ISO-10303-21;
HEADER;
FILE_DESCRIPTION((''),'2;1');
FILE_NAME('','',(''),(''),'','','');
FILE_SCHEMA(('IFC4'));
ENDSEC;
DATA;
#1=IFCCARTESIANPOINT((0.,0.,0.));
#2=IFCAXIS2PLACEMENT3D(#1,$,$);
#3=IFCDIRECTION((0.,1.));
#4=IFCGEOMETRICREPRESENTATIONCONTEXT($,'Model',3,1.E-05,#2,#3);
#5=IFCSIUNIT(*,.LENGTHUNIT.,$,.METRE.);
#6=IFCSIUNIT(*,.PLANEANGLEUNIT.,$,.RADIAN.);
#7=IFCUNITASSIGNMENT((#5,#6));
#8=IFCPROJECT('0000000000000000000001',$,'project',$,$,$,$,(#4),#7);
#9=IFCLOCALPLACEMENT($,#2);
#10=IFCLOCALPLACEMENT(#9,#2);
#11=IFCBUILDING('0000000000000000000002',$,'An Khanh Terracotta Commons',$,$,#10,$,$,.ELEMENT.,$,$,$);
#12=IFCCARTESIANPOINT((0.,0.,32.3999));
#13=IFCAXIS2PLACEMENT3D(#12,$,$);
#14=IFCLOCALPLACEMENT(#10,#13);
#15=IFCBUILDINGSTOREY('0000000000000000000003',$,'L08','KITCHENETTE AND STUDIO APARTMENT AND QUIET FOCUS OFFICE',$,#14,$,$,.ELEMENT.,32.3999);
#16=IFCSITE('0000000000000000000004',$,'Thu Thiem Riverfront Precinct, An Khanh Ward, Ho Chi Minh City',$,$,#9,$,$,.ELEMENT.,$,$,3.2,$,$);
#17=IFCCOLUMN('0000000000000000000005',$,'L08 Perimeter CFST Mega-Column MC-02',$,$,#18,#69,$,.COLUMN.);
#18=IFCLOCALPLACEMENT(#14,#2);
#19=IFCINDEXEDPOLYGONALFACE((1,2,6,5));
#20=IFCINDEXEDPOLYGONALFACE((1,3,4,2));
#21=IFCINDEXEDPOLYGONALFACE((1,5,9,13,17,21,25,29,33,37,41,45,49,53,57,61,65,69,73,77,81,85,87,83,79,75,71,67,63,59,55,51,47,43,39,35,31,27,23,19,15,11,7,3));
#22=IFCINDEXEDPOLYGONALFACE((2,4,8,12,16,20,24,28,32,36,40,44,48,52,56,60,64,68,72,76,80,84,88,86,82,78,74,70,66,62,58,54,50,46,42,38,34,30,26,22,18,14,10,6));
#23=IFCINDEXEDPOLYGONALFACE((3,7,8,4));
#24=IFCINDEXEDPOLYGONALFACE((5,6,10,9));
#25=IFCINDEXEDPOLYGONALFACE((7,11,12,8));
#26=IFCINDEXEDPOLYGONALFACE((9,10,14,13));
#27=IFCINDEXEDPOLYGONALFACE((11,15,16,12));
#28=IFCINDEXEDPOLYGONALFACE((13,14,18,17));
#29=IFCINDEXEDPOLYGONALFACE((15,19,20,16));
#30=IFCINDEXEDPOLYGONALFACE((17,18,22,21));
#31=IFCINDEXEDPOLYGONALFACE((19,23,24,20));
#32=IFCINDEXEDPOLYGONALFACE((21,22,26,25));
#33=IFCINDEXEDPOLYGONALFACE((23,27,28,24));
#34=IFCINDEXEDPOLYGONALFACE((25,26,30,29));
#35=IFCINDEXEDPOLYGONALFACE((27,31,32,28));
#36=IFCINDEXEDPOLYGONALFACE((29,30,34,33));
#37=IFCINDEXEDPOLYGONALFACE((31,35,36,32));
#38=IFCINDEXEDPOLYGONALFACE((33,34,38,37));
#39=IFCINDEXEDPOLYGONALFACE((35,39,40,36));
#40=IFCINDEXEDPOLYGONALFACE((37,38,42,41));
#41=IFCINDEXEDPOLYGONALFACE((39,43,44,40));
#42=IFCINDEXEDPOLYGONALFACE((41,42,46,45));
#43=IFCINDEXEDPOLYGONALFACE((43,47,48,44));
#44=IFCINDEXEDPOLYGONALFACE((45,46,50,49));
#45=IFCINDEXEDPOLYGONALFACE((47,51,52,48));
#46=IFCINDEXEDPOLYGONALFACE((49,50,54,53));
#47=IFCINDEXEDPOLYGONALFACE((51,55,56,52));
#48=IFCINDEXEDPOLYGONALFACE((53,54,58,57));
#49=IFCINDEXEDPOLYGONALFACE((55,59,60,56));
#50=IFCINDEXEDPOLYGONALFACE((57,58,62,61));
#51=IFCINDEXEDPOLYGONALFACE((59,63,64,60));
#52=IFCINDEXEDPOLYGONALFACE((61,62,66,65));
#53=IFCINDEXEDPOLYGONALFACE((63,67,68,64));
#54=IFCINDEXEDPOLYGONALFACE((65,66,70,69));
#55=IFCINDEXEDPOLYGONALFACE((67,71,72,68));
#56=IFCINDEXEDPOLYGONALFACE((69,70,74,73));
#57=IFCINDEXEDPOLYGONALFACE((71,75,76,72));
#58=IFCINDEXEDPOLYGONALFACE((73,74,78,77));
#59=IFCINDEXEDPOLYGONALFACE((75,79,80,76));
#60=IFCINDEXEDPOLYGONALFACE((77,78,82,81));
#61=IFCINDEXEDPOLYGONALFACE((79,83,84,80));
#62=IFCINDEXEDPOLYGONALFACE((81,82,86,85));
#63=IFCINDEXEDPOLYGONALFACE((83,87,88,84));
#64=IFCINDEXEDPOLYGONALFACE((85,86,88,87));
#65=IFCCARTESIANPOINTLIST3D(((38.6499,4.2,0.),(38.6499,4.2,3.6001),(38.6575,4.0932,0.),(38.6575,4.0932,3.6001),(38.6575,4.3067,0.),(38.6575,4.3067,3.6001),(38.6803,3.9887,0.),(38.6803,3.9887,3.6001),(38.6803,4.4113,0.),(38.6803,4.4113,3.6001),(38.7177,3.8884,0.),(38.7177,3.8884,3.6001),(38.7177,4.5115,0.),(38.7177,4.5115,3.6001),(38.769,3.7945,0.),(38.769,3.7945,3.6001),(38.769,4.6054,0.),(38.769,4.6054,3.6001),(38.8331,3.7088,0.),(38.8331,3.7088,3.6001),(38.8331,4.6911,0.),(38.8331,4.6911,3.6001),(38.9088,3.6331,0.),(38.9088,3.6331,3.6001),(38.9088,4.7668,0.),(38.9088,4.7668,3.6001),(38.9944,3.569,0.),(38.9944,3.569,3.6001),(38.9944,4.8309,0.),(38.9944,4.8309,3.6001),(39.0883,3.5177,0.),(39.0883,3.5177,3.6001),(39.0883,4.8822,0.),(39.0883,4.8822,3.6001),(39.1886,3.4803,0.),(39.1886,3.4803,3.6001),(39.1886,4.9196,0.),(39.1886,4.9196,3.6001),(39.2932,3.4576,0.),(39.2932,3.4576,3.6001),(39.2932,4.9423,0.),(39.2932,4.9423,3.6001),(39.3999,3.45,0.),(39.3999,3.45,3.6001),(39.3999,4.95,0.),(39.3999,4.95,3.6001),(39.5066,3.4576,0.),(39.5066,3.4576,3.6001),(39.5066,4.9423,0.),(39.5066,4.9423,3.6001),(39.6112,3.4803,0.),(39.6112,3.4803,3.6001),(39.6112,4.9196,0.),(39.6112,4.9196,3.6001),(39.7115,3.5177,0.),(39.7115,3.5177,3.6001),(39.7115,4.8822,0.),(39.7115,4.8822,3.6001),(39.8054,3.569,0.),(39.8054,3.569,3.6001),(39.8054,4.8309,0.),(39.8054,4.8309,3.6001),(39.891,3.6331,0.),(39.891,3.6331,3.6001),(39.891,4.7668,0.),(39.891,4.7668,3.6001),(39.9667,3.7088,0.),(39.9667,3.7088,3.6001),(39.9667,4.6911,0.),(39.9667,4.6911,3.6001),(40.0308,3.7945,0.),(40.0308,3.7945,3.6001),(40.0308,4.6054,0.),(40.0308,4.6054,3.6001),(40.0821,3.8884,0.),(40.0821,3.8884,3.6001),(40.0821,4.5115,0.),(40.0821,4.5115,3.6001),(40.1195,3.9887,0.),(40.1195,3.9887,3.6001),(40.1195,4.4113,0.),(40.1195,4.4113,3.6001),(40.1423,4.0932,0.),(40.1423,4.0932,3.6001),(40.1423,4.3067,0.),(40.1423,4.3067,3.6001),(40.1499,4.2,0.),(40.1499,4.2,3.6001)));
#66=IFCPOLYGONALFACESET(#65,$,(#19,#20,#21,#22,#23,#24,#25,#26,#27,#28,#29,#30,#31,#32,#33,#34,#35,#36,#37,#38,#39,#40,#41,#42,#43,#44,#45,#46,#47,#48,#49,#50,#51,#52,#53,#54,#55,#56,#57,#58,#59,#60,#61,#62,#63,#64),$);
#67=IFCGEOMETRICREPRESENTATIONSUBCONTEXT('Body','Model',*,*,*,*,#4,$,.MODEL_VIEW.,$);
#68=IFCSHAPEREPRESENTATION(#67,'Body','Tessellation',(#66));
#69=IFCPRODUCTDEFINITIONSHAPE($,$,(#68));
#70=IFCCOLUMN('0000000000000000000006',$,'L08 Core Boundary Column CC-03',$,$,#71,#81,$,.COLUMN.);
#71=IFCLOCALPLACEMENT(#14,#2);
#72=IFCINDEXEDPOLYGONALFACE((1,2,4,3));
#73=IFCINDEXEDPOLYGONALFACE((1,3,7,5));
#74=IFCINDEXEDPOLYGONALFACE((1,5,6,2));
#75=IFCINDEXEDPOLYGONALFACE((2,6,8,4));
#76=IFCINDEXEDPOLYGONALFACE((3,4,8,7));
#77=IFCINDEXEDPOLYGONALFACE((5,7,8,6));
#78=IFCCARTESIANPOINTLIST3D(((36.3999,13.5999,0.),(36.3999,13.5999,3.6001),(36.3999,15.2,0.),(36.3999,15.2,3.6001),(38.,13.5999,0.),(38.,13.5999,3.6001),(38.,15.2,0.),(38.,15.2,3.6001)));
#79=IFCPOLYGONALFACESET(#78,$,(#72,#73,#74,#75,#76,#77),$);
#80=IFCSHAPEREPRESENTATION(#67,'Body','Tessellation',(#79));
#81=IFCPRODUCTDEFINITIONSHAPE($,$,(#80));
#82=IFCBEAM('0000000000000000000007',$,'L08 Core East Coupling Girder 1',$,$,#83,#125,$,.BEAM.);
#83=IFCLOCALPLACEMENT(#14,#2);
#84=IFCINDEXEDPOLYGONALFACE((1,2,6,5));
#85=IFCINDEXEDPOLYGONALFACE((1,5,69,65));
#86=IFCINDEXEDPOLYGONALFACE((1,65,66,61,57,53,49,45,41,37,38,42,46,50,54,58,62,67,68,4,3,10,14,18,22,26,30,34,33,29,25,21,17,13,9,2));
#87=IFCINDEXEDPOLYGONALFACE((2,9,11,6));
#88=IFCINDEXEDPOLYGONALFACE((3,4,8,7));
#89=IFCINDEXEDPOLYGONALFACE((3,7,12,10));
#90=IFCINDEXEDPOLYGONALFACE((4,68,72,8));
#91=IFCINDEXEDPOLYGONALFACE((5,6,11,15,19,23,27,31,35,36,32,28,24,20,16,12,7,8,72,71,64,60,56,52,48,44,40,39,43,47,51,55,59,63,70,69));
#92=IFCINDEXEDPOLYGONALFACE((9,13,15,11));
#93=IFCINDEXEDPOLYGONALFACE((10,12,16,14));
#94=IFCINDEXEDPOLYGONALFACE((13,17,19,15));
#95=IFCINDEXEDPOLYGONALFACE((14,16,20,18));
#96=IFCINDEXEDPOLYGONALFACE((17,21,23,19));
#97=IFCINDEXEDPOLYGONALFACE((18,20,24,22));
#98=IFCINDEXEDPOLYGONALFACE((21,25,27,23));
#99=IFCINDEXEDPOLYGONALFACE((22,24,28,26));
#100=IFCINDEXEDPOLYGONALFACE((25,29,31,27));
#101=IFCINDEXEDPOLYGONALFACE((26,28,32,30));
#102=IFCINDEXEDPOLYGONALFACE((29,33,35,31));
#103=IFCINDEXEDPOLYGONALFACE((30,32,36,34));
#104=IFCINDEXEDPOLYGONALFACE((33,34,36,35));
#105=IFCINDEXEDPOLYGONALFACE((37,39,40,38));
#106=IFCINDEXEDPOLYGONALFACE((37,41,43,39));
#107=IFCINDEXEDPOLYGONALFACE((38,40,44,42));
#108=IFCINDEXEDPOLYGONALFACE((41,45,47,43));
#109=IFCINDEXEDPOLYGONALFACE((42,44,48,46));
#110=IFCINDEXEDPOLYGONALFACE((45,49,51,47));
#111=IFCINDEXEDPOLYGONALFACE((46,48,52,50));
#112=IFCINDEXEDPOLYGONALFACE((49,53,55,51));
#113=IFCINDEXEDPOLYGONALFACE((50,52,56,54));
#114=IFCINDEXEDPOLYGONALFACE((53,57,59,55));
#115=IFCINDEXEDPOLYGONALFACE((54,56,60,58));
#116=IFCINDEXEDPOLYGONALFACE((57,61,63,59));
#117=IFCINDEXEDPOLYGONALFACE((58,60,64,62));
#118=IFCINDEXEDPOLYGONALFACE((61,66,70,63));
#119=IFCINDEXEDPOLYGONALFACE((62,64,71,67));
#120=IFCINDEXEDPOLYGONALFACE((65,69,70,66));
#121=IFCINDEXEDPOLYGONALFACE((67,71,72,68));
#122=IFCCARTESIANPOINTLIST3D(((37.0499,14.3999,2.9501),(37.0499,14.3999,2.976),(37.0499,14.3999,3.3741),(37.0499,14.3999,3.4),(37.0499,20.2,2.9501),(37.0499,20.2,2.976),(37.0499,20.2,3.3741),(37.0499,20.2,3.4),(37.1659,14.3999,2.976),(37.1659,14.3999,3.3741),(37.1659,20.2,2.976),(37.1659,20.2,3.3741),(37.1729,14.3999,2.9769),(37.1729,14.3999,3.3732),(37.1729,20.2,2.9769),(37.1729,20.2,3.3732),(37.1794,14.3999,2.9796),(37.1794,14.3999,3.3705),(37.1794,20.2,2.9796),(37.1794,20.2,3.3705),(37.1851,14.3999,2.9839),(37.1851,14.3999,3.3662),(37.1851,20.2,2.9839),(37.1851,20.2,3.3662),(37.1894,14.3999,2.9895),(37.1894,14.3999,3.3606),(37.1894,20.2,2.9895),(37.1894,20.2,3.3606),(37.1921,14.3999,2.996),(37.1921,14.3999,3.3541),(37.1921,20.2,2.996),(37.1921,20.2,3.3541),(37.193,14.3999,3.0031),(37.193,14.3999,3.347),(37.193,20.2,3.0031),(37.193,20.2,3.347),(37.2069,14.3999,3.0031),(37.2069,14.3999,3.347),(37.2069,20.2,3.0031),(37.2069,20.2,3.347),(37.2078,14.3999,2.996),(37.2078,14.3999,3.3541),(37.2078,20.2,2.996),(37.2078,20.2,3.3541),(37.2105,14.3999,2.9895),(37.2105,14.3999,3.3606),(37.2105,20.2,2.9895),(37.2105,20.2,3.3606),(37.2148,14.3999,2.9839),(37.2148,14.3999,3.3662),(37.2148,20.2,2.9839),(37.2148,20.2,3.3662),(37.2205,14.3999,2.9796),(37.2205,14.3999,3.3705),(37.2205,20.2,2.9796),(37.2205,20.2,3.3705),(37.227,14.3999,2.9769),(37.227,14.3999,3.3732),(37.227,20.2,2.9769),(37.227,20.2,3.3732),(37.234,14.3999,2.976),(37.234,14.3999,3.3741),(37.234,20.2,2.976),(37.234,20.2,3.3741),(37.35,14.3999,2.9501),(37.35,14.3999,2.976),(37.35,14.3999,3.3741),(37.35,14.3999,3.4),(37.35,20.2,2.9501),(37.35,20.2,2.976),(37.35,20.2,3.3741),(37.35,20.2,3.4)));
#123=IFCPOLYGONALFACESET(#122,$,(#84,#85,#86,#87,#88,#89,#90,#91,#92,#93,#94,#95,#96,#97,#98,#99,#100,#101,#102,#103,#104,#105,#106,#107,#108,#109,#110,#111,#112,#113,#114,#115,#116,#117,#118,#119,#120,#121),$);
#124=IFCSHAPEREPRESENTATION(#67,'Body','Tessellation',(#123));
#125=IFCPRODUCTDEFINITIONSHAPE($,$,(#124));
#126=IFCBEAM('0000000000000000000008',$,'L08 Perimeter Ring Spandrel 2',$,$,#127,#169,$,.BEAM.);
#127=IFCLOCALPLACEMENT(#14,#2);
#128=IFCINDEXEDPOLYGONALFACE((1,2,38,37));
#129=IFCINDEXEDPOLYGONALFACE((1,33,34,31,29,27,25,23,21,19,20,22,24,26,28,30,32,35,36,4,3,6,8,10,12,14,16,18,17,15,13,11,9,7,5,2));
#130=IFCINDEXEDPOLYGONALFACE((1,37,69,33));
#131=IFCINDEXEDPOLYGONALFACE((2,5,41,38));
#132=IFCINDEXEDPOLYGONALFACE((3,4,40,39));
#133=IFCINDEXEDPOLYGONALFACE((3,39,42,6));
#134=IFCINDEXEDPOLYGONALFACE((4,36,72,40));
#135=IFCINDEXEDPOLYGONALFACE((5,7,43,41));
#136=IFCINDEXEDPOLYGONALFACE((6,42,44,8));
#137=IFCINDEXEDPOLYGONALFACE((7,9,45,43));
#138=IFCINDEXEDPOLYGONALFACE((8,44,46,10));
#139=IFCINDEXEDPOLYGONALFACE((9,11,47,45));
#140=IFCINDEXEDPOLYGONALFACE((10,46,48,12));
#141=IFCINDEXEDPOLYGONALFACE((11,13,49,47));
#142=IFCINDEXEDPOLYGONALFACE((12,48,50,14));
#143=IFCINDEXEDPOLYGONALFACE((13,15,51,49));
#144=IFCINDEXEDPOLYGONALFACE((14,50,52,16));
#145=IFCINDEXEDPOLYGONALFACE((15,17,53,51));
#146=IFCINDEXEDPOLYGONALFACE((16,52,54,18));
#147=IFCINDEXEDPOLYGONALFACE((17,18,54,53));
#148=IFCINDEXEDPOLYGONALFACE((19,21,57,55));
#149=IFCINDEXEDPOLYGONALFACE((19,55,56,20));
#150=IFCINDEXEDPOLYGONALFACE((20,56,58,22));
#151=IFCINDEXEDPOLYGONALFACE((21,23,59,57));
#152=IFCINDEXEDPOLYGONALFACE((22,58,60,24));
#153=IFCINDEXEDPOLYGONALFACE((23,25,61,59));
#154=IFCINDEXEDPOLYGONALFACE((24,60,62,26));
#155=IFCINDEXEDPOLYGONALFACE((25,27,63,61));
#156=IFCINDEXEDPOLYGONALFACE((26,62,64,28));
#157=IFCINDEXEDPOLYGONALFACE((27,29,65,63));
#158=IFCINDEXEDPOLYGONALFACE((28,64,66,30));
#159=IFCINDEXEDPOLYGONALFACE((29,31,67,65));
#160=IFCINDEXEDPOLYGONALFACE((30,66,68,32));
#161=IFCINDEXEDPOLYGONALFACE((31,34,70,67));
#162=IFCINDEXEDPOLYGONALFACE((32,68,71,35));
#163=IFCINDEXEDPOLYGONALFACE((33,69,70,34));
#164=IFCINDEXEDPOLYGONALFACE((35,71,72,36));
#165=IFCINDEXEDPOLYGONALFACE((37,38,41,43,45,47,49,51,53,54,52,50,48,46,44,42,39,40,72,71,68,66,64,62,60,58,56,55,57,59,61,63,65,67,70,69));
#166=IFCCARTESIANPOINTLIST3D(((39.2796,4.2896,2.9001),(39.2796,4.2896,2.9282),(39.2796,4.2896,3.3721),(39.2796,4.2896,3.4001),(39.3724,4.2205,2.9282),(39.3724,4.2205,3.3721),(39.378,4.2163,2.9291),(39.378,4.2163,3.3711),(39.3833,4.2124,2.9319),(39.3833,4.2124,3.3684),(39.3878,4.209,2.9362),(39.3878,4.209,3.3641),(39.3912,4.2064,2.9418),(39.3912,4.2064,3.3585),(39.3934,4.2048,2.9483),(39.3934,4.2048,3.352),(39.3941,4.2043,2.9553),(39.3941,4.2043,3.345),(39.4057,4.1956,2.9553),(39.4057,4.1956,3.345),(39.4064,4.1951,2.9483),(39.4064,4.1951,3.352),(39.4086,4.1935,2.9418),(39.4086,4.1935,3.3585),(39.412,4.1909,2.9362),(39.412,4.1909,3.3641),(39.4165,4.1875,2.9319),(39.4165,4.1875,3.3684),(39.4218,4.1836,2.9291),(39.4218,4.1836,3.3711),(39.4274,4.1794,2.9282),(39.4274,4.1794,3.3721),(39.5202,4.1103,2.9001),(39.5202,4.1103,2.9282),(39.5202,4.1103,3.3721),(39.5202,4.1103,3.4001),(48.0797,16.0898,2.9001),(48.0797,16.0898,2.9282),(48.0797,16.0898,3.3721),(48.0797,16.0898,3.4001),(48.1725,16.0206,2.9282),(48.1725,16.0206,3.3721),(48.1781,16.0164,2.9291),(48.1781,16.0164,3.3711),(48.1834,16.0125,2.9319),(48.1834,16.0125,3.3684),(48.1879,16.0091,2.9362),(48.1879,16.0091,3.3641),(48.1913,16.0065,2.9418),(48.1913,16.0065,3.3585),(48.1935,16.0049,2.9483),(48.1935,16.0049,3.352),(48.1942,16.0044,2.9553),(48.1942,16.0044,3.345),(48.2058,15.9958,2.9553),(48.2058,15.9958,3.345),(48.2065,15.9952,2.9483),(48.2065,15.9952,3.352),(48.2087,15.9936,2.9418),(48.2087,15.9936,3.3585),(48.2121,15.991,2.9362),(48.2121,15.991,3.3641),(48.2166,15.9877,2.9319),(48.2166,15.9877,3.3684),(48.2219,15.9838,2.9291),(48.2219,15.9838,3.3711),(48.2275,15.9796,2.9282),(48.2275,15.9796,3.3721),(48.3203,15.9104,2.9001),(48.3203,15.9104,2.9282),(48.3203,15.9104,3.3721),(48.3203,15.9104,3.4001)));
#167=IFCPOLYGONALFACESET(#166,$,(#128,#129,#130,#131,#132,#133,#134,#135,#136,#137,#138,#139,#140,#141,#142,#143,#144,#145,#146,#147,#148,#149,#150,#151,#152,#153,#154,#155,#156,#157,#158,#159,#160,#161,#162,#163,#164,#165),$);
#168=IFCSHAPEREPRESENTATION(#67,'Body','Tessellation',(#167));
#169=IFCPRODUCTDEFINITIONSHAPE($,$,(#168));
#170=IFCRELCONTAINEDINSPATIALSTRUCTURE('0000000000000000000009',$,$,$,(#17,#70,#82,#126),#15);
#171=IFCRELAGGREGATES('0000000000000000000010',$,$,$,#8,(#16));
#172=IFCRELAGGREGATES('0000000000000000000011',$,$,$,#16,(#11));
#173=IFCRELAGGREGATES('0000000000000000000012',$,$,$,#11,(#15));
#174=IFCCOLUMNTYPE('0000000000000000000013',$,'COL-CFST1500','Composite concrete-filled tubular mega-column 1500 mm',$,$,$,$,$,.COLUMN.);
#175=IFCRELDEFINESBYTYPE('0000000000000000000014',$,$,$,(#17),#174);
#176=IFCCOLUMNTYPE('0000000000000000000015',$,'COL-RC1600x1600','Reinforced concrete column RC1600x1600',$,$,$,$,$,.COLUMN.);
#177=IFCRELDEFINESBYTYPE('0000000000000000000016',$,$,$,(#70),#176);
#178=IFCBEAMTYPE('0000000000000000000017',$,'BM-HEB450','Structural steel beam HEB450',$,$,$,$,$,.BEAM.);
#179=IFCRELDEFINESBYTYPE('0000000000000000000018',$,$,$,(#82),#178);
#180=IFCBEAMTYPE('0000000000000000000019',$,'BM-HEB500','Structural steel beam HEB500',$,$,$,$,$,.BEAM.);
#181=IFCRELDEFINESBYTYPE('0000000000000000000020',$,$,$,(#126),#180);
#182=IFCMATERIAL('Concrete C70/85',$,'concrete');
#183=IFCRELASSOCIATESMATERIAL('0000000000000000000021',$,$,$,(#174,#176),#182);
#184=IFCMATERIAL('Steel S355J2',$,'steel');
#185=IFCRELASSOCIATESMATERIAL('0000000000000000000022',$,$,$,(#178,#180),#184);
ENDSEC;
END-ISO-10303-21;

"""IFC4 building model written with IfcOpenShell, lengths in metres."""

from ifc_helpers import new_model, si_unit, direction, frame, origin, origin_2d, place, context, subcontext, project, spatial, rectangle, circle, i_section, extrude, material, material_profile, profile_set, type_object, element, save


model = new_model("IFC4")

# Units and contexts
model_context = context("Model", 3, precision=1e-05, world=origin(), true_north=direction((0.0, 1.0)))
body_context = subcontext(model_context, "Body", "Model", "MODEL_VIEW")
ifc_project = project(units=[si_unit("LENGTHUNIT", "METRE"), si_unit("PLANEANGLEUNIT", "RADIAN")], contexts=[model_context])

# Site, building, storey
site_placement = place(None, origin())
site = spatial("IfcSite", under=ifc_project, at=site_placement, Name="Thu Thiem Riverfront Precinct, An Khanh Ward, Ho Chi Minh City", CompositionType="ELEMENT", RefElevation=3.2)
building_placement = place(site_placement, origin())
building = spatial("IfcBuilding", under=site, at=building_placement, Name="An Khanh Terracotta Commons", CompositionType="ELEMENT")
storey_placement = place(building_placement, frame((0.0, 0.0, 32.3999)))
storey = spatial("IfcBuildingStorey", under=building, at=storey_placement, Name="L08", Description="KITCHENETTE AND STUDIO APARTMENT AND QUIET FOCUS OFFICE", CompositionType="ELEMENT", Elevation=32.3999)

# Columns
ifc_material_1 = material(Name="Concrete C70/85", Category="concrete")
ifc_material_profile_1 = material_profile(ifc_material_1, circle(Radius=0.75, at=origin_2d()), Name="CFST1500")
ifc_profile_set_1 = profile_set([ifc_material_profile_1], Name="Concrete C70/85")
column_type_1 = type_object("IfcColumnType", Name="COL-CFST1500", Description="Composite concrete-filled tubular mega-column 1500 mm", PredefinedType="COLUMN", material=ifc_profile_set_1)
column_1_placement = place(storey_placement, frame((39.3999, 4.2, 0.0), z_axis=(0.0, 0.0, 1.0), x_axis=(1.0, 0.0, 0.0)))
element("IfcColumn", 1, at=column_1_placement, inside=storey, type_object=column_type_1, Name="L08 Perimeter CFST Mega-Column MC-02", PredefinedType="COLUMN", context=body_context, shape_type="SweptSolid", body=[
    extrude(circle(Radius=0.75, at=origin_2d()), origin(), (0.0, 0.0, 1.0), 3.6001),
])
ifc_material_profile_2 = material_profile(ifc_material_1, rectangle(XDim=1.6001, YDim=1.6001, at=origin_2d()), Name="RC1600x1600")
ifc_profile_set_2 = profile_set([ifc_material_profile_2], Name="Concrete C70/85")
column_type_2 = type_object("IfcColumnType", Name="COL-RC1600x1600", Description="Reinforced concrete column RC1600x1600", PredefinedType="COLUMN", material=ifc_profile_set_2)
column_2_placement = place(storey_placement, frame((37.2, 14.3999, 0.0), z_axis=(0.0, 0.0, 1.0), x_axis=(1.0, 0.0, 0.0)))
element("IfcColumn", 2, at=column_2_placement, inside=storey, type_object=column_type_2, Name="L08 Core Boundary Column CC-03", PredefinedType="COLUMN", context=body_context, shape_type="SweptSolid", body=[
    extrude(rectangle(XDim=1.6001, YDim=1.6001, at=origin_2d()), origin(), (0.0, 0.0, 1.0), 3.6001),
])

# Beams
ifc_material_2 = material(Name="Steel S355J2", Category="steel")
ifc_material_profile_3 = material_profile(ifc_material_2, i_section(OverallWidth=0.3, OverallDepth=0.45, WebThickness=0.0139, FlangeThickness=0.0259, FilletRadius=0.0271, at=origin_2d()), Name="HEB450")
ifc_profile_set_3 = profile_set([ifc_material_profile_3], Name="Steel S355J2")
beam_type_1 = type_object("IfcBeamType", Name="BM-HEB450", Description="Structural steel beam HEB450", PredefinedType="BEAM", material=ifc_profile_set_3)
beam_1_placement = place(storey_placement, frame((37.2, 14.3999, 3.175), z_axis=(0.0, 1.0, 0.0), x_axis=(-1.0, 0.0, 0.0)))
element("IfcBeam", 3, at=beam_1_placement, inside=storey, type_object=beam_type_1, Name="L08 Core East Coupling Girder 1", PredefinedType="BEAM", context=body_context, shape_type="SweptSolid", body=[
    extrude(i_section(OverallWidth=0.3, OverallDepth=0.45, WebThickness=0.0139, FlangeThickness=0.0259, FilletRadius=0.0271, at=origin_2d()), origin(), (0.0, 0.0, 1.0), 5.8),
])
ifc_material_profile_4 = material_profile(ifc_material_2, i_section(OverallWidth=0.3, OverallDepth=0.5, WebThickness=0.0144, FlangeThickness=0.0281, FilletRadius=0.0271, at=origin_2d()), Name="HEB500")
ifc_profile_set_4 = profile_set([ifc_material_profile_4], Name="Steel S355J2")
beam_type_2 = type_object("IfcBeamType", Name="BM-HEB500", Description="Structural steel beam HEB500", PredefinedType="BEAM", material=ifc_profile_set_4)
beam_2_placement = place(storey_placement, frame((39.3999, 4.2, 3.1501), z_axis=(0.597824, 0.801627, 0.0), x_axis=(-0.801627, 0.597824, 0.0)))
element("IfcBeam", 4, at=beam_2_placement, inside=storey, type_object=beam_type_2, Name="L08 Perimeter Ring Spandrel 2", PredefinedType="BEAM", context=body_context, shape_type="SweptSolid", body=[
    extrude(i_section(OverallWidth=0.3, OverallDepth=0.5, WebThickness=0.0144, FlangeThickness=0.0281, FilletRadius=0.0271, at=origin_2d()), origin(), (0.0, 0.0, 1.0), 14.7202),
])

save(model, "model.ifc")
